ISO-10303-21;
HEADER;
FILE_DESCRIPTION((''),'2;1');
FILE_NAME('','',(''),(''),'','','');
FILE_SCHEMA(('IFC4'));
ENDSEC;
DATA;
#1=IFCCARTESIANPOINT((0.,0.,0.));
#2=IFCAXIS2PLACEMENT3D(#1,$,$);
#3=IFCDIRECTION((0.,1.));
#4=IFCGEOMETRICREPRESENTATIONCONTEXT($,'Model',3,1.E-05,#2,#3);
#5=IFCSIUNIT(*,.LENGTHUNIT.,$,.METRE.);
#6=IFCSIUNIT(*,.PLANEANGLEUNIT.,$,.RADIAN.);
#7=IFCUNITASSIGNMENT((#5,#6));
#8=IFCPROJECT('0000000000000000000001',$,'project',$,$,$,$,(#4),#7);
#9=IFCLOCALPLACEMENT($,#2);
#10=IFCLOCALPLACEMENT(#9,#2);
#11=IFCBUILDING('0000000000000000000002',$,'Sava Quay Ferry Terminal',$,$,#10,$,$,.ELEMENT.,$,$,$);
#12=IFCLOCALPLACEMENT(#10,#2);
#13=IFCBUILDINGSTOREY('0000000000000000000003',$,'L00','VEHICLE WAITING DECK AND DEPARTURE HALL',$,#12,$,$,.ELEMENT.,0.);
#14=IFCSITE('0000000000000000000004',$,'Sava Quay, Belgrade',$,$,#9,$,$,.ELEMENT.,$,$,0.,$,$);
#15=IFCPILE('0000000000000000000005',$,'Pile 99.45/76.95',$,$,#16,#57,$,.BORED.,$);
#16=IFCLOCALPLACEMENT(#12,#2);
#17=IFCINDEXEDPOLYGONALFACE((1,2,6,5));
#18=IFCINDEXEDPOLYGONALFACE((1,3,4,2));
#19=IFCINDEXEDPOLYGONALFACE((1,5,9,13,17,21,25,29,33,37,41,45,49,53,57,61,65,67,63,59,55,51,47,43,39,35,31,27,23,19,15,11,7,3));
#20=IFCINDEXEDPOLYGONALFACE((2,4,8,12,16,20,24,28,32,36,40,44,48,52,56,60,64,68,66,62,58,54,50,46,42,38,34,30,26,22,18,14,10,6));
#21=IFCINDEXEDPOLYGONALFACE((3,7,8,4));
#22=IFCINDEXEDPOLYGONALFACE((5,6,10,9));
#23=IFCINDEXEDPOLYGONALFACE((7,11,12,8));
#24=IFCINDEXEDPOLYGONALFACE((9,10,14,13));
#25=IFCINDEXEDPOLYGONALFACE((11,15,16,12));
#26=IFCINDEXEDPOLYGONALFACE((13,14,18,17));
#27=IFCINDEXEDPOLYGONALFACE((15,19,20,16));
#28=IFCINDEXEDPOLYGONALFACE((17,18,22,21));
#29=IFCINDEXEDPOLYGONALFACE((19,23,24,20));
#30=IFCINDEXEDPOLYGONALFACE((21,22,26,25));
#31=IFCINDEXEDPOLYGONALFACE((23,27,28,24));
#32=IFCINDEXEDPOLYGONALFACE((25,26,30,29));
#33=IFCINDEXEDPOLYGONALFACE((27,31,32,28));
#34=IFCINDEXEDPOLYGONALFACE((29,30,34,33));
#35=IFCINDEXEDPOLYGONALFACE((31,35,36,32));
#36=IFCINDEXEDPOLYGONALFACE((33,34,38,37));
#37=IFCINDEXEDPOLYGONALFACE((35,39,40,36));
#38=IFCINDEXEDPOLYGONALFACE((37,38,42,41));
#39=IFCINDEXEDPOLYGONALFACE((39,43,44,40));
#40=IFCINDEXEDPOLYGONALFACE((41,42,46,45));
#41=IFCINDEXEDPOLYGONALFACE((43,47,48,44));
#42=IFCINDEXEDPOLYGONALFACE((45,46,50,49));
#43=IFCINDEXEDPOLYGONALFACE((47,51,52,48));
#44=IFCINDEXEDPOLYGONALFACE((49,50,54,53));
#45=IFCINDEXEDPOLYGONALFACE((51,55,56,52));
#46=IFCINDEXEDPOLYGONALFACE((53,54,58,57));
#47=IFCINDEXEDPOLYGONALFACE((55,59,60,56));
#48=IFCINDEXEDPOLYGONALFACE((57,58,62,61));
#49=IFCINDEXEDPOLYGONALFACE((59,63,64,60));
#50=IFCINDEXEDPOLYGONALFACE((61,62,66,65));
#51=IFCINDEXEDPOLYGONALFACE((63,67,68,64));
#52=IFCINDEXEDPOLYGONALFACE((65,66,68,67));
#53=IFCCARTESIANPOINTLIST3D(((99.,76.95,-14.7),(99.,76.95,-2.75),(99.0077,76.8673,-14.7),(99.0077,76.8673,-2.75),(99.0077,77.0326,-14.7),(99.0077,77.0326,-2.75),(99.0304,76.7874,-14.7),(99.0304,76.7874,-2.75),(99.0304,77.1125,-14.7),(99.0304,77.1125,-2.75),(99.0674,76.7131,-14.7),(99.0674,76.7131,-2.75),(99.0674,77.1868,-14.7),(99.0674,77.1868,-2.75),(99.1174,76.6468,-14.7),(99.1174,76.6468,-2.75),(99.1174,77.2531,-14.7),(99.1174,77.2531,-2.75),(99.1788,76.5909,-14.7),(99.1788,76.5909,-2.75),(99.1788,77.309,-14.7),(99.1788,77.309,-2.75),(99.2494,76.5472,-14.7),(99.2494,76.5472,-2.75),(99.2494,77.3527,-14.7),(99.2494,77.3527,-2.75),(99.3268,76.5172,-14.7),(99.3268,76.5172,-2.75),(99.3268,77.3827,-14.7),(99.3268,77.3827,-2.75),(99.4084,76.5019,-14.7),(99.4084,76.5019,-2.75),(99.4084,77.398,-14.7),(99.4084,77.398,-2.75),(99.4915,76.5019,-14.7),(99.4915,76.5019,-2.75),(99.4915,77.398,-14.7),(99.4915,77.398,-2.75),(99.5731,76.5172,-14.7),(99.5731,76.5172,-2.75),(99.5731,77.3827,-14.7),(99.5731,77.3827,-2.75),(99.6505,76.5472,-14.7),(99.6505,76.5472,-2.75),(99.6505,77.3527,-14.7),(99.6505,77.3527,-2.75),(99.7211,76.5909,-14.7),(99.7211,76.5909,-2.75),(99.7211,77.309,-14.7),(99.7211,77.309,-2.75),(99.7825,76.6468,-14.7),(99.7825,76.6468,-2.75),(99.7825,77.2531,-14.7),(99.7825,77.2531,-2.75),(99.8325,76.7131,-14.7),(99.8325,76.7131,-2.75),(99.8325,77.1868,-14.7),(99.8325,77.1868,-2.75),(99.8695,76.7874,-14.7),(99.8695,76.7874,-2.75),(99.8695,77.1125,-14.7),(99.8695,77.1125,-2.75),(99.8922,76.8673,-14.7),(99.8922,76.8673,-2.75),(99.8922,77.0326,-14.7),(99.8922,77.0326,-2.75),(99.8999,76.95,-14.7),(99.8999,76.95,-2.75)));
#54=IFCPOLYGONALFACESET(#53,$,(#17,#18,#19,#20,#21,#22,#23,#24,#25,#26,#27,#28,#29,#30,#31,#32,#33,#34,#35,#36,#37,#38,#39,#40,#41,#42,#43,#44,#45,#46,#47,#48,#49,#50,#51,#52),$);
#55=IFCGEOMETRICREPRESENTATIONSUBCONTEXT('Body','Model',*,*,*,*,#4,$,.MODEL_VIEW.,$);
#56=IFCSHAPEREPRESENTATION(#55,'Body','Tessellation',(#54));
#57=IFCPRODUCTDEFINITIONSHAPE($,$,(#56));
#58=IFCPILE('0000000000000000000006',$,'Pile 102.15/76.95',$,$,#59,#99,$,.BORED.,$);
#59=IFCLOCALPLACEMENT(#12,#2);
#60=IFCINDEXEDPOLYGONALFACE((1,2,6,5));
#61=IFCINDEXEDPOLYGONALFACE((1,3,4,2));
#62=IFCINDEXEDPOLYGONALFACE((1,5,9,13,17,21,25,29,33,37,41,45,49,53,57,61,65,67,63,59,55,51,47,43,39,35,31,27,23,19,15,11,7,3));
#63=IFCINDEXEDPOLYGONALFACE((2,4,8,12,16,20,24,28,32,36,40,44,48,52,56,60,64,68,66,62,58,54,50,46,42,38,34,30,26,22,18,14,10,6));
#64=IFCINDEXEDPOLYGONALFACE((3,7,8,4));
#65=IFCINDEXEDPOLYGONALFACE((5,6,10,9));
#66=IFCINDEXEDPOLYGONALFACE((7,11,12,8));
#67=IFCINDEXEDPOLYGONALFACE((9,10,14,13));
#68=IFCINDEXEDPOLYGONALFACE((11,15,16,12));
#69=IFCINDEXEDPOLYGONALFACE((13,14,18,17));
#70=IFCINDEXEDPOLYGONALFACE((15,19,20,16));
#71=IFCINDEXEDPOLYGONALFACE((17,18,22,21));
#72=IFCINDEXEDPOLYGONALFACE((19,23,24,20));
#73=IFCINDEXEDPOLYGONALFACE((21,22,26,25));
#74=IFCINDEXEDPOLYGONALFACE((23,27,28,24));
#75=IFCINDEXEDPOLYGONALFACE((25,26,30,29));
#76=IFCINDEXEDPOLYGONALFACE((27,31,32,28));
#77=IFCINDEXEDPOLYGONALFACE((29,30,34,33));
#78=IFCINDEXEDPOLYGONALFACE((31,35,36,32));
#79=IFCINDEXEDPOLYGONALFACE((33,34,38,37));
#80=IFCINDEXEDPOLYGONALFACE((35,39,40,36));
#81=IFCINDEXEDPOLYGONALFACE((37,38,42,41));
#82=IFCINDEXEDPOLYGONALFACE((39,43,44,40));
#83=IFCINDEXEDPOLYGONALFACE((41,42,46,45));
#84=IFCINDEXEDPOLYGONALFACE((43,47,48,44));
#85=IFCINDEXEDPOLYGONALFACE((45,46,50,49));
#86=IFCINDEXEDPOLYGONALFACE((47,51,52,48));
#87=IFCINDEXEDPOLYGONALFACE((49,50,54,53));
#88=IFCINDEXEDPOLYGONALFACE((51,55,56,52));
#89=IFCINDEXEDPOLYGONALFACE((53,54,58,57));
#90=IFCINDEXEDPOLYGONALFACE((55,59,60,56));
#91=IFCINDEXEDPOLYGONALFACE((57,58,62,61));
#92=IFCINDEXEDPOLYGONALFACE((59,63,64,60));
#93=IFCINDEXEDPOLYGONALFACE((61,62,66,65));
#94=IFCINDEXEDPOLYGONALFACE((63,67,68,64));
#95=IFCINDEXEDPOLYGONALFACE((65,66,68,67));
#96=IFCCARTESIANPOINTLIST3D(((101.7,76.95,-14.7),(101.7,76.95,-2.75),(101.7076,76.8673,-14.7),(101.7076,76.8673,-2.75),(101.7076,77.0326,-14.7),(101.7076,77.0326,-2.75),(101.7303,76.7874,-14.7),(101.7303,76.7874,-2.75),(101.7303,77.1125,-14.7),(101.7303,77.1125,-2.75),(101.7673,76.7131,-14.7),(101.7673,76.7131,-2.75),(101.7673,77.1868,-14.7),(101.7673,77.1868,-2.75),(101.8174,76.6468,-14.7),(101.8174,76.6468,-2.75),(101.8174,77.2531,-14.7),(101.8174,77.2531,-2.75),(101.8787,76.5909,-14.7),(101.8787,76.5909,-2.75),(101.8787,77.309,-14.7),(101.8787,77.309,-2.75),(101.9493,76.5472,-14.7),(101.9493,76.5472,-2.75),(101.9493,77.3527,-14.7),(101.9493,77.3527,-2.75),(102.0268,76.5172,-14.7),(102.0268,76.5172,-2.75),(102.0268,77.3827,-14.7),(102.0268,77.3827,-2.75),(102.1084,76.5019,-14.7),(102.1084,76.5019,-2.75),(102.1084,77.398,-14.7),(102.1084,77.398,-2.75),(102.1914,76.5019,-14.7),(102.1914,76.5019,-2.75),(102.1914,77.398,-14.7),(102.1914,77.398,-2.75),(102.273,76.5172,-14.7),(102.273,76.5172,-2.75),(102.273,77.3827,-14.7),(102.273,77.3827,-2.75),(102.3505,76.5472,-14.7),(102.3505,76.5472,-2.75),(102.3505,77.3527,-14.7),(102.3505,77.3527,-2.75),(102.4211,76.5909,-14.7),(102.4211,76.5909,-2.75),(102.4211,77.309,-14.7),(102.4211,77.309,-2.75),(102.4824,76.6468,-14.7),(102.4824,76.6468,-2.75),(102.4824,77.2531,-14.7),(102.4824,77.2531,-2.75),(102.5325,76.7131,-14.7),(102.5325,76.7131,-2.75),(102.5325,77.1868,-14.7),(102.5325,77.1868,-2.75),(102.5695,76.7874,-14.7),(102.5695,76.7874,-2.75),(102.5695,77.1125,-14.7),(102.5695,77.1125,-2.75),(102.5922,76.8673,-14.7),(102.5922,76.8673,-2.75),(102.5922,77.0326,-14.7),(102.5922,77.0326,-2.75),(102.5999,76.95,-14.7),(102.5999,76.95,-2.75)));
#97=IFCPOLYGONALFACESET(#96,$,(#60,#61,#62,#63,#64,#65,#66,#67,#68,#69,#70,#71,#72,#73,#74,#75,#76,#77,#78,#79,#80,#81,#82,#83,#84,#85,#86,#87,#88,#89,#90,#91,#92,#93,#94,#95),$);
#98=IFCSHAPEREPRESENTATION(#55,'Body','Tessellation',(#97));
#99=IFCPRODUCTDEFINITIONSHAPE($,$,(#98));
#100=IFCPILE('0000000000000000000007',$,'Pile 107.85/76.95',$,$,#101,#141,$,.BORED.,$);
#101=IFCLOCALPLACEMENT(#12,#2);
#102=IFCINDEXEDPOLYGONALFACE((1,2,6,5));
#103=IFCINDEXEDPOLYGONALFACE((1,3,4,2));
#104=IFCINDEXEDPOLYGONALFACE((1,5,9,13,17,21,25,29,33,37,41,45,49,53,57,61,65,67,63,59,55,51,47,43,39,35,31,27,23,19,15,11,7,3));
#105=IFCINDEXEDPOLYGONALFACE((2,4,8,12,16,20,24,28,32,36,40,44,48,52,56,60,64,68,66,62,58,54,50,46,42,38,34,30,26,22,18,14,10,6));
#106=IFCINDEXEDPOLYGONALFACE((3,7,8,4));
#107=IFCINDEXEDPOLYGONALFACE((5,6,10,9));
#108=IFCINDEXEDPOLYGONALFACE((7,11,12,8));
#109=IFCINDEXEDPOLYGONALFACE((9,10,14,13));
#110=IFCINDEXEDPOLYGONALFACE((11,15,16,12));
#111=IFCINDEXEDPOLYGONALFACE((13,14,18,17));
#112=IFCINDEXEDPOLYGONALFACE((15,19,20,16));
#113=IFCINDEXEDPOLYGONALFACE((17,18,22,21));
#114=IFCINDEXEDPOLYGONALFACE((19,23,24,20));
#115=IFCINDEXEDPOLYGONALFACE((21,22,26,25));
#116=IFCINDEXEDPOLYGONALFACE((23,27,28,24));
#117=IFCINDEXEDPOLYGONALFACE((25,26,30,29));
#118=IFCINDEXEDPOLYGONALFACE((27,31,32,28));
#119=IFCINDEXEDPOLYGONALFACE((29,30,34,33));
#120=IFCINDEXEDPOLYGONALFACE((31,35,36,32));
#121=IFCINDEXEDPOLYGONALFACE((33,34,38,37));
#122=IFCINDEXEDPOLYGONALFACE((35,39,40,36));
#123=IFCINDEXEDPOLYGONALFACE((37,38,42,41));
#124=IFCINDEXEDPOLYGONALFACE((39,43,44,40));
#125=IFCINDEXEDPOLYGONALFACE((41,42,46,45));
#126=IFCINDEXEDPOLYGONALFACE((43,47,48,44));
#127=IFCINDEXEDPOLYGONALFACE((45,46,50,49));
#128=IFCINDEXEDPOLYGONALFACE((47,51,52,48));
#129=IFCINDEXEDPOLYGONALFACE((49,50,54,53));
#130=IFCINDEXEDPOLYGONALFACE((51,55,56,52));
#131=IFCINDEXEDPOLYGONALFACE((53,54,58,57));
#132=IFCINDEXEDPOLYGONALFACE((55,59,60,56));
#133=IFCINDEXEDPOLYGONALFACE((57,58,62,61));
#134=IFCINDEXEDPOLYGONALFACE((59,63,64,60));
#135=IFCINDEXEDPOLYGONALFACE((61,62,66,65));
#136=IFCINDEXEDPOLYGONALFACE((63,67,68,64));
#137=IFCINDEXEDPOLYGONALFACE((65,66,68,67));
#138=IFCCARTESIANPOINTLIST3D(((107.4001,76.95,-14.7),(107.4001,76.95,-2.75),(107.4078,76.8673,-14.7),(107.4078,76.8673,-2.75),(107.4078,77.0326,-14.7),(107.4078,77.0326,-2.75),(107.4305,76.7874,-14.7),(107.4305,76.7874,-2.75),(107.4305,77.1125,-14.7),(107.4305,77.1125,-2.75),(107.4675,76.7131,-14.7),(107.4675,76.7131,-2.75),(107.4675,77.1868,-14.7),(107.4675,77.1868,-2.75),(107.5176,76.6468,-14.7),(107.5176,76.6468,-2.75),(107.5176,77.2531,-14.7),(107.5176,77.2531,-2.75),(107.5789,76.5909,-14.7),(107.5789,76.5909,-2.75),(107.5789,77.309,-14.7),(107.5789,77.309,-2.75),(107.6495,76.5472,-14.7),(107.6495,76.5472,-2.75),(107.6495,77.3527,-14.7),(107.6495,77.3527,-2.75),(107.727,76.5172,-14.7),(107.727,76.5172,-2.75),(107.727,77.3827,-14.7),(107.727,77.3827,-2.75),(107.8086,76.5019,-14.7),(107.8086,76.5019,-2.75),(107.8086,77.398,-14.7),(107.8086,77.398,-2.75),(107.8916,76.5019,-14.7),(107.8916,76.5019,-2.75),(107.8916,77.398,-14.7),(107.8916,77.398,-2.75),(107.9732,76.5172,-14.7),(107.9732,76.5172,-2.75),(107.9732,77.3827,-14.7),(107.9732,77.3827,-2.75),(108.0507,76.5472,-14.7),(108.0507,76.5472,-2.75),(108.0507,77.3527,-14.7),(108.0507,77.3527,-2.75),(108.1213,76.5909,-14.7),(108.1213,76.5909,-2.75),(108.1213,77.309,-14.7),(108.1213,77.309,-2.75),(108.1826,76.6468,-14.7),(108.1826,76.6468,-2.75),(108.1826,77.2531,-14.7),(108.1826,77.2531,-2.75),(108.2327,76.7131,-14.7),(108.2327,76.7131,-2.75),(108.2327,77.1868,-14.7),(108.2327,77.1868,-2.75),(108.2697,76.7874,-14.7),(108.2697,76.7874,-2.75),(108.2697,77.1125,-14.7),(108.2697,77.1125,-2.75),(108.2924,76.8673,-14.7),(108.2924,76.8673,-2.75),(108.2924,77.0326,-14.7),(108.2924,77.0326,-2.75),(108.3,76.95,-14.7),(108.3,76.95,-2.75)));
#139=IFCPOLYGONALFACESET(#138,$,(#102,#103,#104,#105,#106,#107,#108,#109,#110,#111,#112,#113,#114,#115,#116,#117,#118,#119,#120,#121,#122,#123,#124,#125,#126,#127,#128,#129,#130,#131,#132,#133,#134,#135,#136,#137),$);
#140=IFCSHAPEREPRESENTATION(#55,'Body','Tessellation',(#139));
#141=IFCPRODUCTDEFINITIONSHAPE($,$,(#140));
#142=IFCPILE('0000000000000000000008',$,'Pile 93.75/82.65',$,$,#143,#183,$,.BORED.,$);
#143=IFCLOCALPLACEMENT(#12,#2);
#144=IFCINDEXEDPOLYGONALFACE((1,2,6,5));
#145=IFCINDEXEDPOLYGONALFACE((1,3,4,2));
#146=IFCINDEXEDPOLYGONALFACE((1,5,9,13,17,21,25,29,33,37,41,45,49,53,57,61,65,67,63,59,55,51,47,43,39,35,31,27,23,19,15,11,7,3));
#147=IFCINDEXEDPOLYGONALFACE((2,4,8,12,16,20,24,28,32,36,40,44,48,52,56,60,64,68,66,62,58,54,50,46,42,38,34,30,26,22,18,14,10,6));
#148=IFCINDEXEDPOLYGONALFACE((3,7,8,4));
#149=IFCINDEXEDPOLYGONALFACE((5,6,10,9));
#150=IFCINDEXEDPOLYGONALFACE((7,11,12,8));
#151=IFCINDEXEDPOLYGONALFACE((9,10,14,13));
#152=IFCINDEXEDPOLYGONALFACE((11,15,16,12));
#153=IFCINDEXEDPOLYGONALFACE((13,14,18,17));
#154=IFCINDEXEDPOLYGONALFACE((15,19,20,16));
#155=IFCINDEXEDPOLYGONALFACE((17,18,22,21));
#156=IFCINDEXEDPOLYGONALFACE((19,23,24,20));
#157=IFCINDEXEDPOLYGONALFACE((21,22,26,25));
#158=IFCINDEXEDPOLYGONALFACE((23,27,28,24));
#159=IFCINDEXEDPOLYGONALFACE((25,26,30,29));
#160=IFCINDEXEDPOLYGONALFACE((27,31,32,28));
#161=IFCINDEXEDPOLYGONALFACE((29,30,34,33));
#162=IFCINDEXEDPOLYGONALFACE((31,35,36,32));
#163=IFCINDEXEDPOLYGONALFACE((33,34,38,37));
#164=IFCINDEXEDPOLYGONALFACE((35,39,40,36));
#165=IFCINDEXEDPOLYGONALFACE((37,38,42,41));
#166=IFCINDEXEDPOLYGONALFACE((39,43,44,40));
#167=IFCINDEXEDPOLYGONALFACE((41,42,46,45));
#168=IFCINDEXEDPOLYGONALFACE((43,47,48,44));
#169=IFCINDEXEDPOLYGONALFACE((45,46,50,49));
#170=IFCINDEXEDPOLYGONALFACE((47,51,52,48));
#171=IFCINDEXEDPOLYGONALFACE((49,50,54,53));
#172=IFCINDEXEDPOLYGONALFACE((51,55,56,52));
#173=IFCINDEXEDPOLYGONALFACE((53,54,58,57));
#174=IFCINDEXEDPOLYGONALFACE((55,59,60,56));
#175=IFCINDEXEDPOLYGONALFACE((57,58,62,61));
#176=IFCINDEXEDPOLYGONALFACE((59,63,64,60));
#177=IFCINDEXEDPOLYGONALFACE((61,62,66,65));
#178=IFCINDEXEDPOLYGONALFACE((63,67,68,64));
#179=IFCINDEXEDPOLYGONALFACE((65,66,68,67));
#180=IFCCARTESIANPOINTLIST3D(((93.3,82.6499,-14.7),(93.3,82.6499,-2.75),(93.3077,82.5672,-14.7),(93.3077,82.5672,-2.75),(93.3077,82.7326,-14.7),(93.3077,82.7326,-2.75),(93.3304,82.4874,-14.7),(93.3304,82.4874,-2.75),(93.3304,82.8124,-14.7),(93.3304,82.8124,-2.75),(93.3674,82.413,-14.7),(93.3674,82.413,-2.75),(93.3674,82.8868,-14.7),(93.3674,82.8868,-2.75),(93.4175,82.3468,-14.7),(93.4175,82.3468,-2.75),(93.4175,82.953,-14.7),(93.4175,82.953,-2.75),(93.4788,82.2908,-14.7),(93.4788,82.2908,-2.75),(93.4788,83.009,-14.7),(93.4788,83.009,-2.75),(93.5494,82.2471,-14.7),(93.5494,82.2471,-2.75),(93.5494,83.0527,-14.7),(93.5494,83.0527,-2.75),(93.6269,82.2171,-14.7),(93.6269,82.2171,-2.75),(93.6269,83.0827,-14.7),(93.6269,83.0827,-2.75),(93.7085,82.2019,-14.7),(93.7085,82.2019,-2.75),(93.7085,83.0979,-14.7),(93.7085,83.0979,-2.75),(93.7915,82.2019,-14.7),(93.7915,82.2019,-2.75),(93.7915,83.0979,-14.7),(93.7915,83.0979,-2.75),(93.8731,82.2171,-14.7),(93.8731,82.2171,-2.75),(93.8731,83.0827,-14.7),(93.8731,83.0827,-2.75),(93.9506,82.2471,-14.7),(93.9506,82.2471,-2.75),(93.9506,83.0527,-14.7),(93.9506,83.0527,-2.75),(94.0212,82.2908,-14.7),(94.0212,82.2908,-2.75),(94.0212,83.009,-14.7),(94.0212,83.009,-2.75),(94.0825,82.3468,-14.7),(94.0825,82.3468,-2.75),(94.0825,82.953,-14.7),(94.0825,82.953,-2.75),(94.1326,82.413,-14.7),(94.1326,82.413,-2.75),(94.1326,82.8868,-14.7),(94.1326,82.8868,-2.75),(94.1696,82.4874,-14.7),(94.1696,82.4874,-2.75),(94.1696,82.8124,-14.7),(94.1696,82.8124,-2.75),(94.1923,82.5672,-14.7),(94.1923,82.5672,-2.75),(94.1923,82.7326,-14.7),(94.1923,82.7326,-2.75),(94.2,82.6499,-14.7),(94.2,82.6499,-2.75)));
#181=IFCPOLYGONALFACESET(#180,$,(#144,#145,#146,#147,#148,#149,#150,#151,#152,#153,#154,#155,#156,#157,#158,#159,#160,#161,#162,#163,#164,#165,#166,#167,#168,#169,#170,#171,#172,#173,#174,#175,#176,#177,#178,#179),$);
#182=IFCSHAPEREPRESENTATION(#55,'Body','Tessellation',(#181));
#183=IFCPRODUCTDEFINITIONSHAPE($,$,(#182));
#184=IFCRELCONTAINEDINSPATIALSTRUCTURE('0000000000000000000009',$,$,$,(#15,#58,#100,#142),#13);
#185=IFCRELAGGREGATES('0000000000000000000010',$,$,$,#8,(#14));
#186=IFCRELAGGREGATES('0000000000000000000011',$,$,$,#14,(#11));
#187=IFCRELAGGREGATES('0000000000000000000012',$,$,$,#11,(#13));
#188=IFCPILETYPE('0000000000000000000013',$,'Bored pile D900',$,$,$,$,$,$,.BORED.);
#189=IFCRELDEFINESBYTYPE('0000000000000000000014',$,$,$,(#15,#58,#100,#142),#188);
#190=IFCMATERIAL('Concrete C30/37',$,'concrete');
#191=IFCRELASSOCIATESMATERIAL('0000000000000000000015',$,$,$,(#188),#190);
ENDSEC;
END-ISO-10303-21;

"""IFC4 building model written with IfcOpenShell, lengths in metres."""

from ifc_helpers import new_model, si_unit, direction, frame, origin, origin_2d, place, context, subcontext, project, spatial, circle, extrude, material, material_profile, profile_set, type_object, element, save


model = new_model("IFC4")

# Units and contexts
model_context = context("Model", 3, precision=1e-05, world=origin(), true_north=direction((0.0, 1.0)))
body_context = subcontext(model_context, "Body", "Model", "MODEL_VIEW")
ifc_project = project(units=[si_unit("LENGTHUNIT", "METRE"), si_unit("PLANEANGLEUNIT", "RADIAN")], contexts=[model_context])

# Site, building, storey
site_placement = place(None, origin())
site = spatial("IfcSite", under=ifc_project, at=site_placement, Name="Sava Quay, Belgrade", CompositionType="ELEMENT", RefElevation=0.0)
building_placement = place(site_placement, origin())
building = spatial("IfcBuilding", under=site, at=building_placement, Name="Sava Quay Ferry Terminal", CompositionType="ELEMENT")
storey_placement = place(building_placement, origin())
storey = spatial("IfcBuildingStorey", under=building, at=storey_placement, Name="L00", Description="VEHICLE WAITING DECK AND DEPARTURE HALL", CompositionType="ELEMENT", Elevation=0.0)

# Piles
ifc_material_1 = material(Name="Concrete C30/37", Category="concrete")
ifc_material_profile_1 = material_profile(ifc_material_1, circle(Radius=0.45, at=origin_2d()), Name="Bored pile D900")
ifc_profile_set_1 = profile_set([ifc_material_profile_1], Name="Concrete C30/37")
pile_type = type_object("IfcPileType", Name="Bored pile D900", PredefinedType="BORED", material=ifc_profile_set_1)
for number, where, z_axis, x_axis, name in (
    (1, (99.45, 76.95, -2.75), (0.0, 0.0, -1.0), (1.0, 0.0, 0.0), "Pile 99.45/76.95"),
    (2, (102.1499, 76.95, -2.75), (0.0, 0.0, -1.0), (1.0, 0.0, 0.0), "Pile 102.15/76.95"),
    (3, (107.8501, 76.95, -2.75), (0.0, 0.0, -1.0), (1.0, 0.0, 0.0), "Pile 107.85/76.95"),
    (4, (93.75, 82.6499, -2.75), (0.0, 0.0, -1.0), (1.0, 0.0, 0.0), "Pile 93.75/82.65"),
):
    element("IfcPile", number, at=place(storey_placement, frame(where, z_axis=z_axis, x_axis=x_axis)), inside=storey, type_object=pile_type, Name=name, PredefinedType="BORED", context=body_context, shape_type="SweptSolid", body=[
        extrude(circle(Radius=0.45, at=origin_2d()), origin(), (0.0, 0.0, 1.0), 11.95),
    ])

save(model, "model.ifc")
